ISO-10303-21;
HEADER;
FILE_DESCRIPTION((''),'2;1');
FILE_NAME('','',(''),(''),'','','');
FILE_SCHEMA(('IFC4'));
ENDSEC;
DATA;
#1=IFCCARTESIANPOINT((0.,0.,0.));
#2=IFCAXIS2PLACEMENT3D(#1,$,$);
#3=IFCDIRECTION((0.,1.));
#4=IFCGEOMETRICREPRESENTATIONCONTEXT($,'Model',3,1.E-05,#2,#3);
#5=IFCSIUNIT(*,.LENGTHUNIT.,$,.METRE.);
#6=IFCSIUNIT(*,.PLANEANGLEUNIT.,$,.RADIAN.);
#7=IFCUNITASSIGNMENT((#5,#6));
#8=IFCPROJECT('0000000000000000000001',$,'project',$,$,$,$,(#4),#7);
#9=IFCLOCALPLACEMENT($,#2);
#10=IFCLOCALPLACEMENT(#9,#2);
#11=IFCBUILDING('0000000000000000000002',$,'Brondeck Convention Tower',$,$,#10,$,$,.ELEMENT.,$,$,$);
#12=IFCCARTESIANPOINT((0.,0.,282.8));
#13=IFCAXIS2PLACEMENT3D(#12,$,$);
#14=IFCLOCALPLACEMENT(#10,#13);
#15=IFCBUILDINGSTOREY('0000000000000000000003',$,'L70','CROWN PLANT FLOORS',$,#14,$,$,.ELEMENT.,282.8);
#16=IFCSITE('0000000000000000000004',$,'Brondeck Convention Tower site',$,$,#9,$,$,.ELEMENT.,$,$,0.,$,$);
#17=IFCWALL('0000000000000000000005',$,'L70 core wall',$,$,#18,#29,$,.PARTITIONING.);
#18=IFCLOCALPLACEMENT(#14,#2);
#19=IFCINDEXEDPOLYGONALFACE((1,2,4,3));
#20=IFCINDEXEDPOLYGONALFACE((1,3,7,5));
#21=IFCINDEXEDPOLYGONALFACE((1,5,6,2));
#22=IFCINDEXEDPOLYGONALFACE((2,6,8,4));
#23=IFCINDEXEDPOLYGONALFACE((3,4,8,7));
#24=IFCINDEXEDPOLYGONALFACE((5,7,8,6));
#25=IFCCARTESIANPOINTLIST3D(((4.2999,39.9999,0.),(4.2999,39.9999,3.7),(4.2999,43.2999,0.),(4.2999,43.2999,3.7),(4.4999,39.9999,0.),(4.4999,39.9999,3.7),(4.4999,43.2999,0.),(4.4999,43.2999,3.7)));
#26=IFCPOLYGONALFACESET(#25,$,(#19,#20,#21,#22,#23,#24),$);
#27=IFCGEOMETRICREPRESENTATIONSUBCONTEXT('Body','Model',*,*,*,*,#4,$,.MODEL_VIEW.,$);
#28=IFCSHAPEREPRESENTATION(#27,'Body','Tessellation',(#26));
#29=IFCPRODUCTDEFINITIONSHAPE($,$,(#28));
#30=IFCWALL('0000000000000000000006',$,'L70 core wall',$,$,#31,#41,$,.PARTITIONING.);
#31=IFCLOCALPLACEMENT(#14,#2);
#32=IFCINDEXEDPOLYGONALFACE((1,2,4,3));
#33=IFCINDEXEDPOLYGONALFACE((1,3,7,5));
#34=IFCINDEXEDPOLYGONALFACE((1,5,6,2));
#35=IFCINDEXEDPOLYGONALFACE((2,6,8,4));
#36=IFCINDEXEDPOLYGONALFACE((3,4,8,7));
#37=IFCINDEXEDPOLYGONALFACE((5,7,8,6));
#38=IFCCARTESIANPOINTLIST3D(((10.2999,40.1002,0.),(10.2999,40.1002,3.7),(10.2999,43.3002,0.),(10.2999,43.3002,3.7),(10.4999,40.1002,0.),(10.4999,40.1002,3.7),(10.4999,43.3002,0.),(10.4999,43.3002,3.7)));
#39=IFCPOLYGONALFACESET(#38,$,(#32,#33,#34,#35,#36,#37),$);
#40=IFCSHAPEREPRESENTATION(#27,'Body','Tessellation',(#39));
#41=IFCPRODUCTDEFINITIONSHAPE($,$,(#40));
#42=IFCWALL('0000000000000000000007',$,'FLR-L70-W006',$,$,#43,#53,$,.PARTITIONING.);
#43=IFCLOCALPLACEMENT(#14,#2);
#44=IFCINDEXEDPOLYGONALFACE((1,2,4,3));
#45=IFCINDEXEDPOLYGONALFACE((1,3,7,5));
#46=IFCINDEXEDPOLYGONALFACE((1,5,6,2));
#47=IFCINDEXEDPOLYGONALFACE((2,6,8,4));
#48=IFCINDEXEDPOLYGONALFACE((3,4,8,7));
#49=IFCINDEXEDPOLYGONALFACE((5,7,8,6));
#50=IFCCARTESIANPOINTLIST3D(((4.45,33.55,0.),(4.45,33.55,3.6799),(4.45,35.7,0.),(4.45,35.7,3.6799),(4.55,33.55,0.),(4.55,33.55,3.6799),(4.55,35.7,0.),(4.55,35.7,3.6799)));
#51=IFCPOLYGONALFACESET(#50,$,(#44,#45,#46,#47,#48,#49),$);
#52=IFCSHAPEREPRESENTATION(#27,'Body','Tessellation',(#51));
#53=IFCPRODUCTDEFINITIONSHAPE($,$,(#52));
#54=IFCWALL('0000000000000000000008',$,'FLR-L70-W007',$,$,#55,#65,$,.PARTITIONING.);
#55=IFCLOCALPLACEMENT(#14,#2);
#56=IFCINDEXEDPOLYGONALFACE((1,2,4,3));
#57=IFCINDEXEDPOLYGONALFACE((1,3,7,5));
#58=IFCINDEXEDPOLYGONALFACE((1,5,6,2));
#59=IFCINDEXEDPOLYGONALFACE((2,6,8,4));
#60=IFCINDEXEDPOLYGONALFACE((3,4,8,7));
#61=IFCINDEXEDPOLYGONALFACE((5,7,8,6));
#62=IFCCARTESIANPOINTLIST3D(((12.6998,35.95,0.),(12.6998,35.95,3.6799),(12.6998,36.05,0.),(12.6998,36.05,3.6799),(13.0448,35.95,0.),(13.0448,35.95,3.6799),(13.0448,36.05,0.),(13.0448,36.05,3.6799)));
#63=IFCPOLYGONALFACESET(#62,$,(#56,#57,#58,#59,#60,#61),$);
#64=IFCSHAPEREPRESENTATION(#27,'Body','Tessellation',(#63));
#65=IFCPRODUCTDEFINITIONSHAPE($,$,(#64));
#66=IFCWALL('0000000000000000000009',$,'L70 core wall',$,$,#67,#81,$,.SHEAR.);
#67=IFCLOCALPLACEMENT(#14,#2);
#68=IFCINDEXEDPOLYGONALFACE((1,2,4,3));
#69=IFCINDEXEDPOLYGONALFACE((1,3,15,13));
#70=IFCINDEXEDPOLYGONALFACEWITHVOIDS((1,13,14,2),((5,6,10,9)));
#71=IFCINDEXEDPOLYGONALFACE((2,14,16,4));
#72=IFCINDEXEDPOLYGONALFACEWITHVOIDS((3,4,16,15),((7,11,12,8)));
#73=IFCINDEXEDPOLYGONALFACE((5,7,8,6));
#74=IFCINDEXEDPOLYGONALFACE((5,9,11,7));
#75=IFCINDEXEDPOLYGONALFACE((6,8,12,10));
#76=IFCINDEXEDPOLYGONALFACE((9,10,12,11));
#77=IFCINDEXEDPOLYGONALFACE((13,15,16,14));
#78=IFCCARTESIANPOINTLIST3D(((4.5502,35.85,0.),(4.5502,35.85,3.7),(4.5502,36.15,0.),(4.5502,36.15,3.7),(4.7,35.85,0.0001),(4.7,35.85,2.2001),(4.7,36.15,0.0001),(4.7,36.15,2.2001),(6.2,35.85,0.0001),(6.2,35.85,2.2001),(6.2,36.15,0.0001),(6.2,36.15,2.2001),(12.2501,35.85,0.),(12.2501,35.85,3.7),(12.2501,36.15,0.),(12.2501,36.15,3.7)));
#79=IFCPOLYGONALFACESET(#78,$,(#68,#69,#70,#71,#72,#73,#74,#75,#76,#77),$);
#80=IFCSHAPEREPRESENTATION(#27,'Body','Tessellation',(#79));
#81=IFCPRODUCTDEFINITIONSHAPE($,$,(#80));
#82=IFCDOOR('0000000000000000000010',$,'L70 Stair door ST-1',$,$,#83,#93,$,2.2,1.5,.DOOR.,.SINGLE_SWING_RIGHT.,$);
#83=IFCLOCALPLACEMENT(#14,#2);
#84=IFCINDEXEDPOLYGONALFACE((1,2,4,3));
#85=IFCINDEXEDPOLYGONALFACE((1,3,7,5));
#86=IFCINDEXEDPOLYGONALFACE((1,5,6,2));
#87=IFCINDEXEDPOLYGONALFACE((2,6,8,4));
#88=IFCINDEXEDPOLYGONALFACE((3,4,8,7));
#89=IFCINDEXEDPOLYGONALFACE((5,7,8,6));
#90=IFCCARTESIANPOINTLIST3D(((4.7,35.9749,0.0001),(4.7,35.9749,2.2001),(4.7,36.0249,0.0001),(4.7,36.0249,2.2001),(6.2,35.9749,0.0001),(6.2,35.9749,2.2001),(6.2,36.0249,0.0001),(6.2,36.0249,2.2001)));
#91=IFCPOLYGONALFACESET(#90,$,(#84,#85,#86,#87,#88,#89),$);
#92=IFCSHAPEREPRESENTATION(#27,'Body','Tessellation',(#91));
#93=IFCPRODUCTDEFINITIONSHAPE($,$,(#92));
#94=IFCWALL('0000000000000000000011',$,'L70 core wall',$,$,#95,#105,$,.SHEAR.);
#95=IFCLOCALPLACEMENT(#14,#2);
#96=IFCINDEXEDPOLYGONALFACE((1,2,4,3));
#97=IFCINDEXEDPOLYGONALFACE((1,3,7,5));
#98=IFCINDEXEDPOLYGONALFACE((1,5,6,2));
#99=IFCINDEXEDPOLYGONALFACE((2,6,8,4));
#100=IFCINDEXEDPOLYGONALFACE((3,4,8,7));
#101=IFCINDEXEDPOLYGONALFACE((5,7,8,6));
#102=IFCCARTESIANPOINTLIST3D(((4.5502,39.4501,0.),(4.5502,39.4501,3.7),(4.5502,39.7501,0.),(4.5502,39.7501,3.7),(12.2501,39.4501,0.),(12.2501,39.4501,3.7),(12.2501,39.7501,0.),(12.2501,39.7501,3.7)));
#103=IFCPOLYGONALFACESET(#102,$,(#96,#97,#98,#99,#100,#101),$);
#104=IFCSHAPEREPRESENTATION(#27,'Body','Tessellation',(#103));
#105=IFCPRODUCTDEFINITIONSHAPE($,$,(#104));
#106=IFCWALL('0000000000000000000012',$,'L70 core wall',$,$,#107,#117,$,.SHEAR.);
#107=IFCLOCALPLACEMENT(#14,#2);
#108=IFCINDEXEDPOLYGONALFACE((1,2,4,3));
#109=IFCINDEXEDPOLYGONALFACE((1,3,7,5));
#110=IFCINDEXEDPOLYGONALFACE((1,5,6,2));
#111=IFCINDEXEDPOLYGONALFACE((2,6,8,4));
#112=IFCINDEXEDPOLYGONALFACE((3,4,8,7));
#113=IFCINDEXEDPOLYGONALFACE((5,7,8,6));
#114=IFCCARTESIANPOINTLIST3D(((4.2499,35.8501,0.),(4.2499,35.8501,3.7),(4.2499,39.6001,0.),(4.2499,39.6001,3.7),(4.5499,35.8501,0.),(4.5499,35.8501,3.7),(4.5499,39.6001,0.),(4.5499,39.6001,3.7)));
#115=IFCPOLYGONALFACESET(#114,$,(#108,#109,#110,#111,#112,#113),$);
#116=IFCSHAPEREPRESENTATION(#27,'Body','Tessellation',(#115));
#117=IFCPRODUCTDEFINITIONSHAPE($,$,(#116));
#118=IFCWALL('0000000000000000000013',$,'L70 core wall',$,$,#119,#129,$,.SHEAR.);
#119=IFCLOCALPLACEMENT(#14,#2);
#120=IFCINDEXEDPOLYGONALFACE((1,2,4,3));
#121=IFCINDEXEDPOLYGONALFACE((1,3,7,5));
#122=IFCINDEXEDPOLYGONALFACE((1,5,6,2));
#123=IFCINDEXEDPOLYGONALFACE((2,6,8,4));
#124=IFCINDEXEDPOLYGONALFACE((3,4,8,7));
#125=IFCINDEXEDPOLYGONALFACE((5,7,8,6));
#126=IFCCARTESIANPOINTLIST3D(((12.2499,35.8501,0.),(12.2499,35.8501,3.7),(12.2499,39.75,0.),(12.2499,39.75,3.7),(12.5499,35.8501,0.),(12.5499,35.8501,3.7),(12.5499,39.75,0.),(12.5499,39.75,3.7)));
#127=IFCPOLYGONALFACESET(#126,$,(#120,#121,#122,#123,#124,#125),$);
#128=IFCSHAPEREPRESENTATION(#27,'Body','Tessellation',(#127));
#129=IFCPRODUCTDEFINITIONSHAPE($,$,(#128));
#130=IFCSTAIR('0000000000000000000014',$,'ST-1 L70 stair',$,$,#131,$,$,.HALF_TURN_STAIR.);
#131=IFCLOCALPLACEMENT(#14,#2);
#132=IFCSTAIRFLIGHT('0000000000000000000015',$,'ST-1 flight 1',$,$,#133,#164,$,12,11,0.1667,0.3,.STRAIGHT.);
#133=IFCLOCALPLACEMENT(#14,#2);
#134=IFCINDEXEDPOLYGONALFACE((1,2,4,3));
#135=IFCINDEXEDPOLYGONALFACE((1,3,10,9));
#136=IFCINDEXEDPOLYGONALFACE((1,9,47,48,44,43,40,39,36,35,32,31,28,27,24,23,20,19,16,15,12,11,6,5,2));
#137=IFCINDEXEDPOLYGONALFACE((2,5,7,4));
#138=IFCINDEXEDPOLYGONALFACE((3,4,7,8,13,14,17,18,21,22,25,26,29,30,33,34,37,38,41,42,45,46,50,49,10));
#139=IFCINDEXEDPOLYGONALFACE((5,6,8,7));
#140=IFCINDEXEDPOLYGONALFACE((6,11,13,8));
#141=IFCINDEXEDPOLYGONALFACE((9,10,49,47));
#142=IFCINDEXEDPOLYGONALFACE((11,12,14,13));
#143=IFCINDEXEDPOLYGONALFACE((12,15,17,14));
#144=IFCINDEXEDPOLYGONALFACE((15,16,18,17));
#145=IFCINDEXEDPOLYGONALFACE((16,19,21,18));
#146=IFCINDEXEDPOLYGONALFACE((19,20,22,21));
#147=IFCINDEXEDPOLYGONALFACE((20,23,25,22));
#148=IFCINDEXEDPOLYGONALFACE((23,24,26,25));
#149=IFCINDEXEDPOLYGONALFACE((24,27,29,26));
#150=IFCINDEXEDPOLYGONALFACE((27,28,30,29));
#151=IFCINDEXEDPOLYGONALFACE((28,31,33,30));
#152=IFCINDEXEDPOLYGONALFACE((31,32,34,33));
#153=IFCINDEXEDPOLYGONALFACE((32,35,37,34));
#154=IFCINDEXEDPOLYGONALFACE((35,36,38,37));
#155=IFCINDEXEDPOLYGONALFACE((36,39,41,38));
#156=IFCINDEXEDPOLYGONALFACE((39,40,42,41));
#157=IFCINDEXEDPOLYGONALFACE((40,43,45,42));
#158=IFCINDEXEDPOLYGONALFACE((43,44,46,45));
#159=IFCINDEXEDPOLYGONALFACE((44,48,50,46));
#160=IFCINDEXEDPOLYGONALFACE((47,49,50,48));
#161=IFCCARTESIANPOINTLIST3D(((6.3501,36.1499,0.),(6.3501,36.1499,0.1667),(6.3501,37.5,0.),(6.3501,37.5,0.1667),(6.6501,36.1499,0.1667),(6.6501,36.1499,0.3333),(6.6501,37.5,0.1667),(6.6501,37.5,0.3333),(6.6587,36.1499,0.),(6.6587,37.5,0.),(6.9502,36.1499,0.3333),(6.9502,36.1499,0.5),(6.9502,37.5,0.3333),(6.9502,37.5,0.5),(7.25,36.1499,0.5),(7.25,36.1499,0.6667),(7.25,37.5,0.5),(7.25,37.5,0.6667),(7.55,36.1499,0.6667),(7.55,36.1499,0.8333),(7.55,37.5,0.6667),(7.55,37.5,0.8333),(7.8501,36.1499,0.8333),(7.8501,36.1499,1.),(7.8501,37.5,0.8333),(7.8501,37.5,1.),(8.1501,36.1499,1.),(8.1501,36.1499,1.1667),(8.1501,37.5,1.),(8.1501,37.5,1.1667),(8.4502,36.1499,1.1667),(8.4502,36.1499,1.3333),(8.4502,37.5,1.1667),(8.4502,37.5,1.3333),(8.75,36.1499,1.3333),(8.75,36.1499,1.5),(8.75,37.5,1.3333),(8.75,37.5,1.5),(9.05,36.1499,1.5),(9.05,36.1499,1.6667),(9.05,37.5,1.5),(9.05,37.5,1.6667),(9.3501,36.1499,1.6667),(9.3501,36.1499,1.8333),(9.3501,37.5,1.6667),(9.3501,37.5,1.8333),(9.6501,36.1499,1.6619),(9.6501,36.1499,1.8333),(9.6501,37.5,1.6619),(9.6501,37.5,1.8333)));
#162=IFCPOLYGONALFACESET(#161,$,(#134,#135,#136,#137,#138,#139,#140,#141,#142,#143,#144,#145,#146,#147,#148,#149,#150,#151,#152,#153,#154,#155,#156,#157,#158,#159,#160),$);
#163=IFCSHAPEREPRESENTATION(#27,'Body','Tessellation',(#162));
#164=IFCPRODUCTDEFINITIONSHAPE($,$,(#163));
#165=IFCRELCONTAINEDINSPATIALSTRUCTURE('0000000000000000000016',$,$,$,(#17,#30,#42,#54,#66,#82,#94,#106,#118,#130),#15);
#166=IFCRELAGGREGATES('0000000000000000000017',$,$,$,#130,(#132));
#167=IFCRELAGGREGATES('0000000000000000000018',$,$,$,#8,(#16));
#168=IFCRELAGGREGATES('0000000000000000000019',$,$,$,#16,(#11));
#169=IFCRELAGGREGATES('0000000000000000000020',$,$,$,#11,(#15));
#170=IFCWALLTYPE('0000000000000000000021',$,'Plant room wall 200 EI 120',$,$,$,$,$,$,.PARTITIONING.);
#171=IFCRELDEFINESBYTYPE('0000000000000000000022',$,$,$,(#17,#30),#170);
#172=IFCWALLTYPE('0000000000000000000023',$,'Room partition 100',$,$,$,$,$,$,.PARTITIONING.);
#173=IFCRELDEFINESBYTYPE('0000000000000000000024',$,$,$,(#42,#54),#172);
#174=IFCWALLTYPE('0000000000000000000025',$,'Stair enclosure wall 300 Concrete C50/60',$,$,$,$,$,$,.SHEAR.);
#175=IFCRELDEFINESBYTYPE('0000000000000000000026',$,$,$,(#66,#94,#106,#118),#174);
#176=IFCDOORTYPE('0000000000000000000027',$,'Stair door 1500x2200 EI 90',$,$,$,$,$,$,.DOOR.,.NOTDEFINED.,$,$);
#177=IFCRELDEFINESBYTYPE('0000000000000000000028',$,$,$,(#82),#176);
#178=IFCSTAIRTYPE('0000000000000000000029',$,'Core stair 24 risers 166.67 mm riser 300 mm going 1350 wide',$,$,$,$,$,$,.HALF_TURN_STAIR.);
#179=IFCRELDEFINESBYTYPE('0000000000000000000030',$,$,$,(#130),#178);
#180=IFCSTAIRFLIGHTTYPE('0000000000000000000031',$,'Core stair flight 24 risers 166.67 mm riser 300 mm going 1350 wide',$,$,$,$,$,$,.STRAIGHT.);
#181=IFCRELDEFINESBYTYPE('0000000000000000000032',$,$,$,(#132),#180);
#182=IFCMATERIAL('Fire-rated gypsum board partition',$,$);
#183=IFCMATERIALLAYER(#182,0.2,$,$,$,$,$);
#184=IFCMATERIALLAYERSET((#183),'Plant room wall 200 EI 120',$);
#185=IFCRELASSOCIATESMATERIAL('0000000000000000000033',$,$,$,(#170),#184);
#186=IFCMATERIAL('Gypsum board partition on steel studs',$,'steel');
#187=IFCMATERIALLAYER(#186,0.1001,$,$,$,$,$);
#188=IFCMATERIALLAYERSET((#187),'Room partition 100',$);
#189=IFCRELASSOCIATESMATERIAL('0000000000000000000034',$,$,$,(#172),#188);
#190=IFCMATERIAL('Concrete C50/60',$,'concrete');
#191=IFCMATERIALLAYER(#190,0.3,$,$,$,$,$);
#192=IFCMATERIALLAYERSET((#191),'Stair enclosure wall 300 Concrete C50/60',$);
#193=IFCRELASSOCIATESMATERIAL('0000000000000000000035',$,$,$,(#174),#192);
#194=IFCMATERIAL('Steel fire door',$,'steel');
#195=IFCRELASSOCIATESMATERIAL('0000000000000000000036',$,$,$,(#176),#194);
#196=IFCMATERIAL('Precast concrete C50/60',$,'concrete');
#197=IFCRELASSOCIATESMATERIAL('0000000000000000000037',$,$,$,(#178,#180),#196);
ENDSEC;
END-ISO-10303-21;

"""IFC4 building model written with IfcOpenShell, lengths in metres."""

from ifc_helpers import new_model, si_unit, direction, frame, frame_2d, origin, place, context, subcontext, project, spatial, polyline, rectangle, outline, extrude, material, layer, layer_set, type_object, element, fill, aggregate, save


model = new_model("IFC4")

# Units and contexts
model_context = context("Model", 3, precision=1e-05, world=origin(), true_north=direction((0.0, 1.0)))
body_context = subcontext(model_context, "Body", "Model", "MODEL_VIEW")
ifc_project = project(units=[si_unit("LENGTHUNIT", "METRE"), si_unit("PLANEANGLEUNIT", "RADIAN")], contexts=[model_context])

# Site, building, storey
site_placement = place(None, origin())
site = spatial("IfcSite", under=ifc_project, at=site_placement, Name="Brondeck Convention Tower site", CompositionType="ELEMENT", RefElevation=0.0)
building_placement = place(site_placement, origin())
building = spatial("IfcBuilding", under=site, at=building_placement, Name="Brondeck Convention Tower", CompositionType="ELEMENT")
storey_placement = place(building_placement, frame((0.0, 0.0, 282.8)))
storey = spatial("IfcBuildingStorey", under=building, at=storey_placement, Name="L70", Description="CROWN PLANT FLOORS", CompositionType="ELEMENT", Elevation=282.8)

# Shared definitions
ifc_material_1 = material(Name="Concrete C50/60", Category="concrete")

# Walls
ifc_material_2 = material(Name="Fire-rated gypsum board partition")
ifc_layer_1 = layer(ifc_material_2, 0.2)
ifc_layer_set_1 = layer_set([ifc_layer_1], Name="Plant room wall 200 EI 120")
wall_type_1 = type_object("IfcWallType", Name="Plant room wall 200 EI 120", PredefinedType="PARTITIONING", material=ifc_layer_set_1)
wall_1_placement = place(storey_placement, frame((4.3999, 40.0, 0.0), z_axis=(0.0, 0.0, 1.0), x_axis=(0.0, 1.0, 0.0)))
element("IfcWall", 1, at=wall_1_placement, inside=storey, type_object=wall_type_1, Name="L70 core wall", PredefinedType="PARTITIONING", context=body_context, shape_type="SweptSolid", body=[
    extrude(rectangle(XDim=3.3, YDim=0.2, at=frame_2d((1.6499, 0.0))), origin(), (0.0, 0.0, 1.0), 3.7),
])
wall_2_placement = place(storey_placement, frame((10.3999, 40.1001, 0.0), z_axis=(0.0, 0.0, 1.0), x_axis=(0.0, 1.0, 0.0)))
element("IfcWall", 2, at=wall_2_placement, inside=storey, type_object=wall_type_1, Name="L70 core wall", PredefinedType="PARTITIONING", context=body_context, shape_type="SweptSolid", body=[
    extrude(rectangle(XDim=3.2, YDim=0.2, at=frame_2d((1.6001, 0.0))), origin(), (0.0, 0.0, 1.0), 3.7),
])
ifc_material_3 = material(Name="Gypsum board partition on steel studs", Category="steel")
ifc_layer_2 = layer(ifc_material_3, 0.1001)
ifc_layer_set_2 = layer_set([ifc_layer_2], Name="Room partition 100")
wall_type_2 = type_object("IfcWallType", Name="Room partition 100", PredefinedType="PARTITIONING", material=ifc_layer_set_2)
wall_3_placement = place(storey_placement, frame((4.5, 33.55, 0.0), z_axis=(0.0, 0.0, 1.0), x_axis=(0.0, 1.0, 0.0)))
element("IfcWall", 3, at=wall_3_placement, inside=storey, type_object=wall_type_2, Name="FLR-L70-W006", PredefinedType="PARTITIONING", context=body_context, shape_type="SweptSolid", body=[
    extrude(rectangle(XDim=2.1499, YDim=0.1001, at=frame_2d((1.075, 0.0))), origin(), (0.0, 0.0, 1.0), 3.6799),
])
wall_4_placement = place(storey_placement, frame((12.7, 36.0, 0.0), z_axis=(0.0, 0.0, 1.0), x_axis=(1.0, 0.0, 0.0)))
element("IfcWall", 4, at=wall_4_placement, inside=storey, type_object=wall_type_2, Name="FLR-L70-W007", PredefinedType="PARTITIONING", context=body_context, shape_type="SweptSolid", body=[
    extrude(rectangle(XDim=0.345, YDim=0.1001, at=frame_2d((0.1724, 0.0))), origin(), (0.0, 0.0, 1.0), 3.6799),
])

# Wall, opening, door
ifc_layer_3 = layer(ifc_material_1, 0.3)
ifc_layer_set_3 = layer_set([ifc_layer_3], Name="Stair enclosure wall 300 Concrete C50/60")
wall_type_3 = type_object("IfcWallType", Name="Stair enclosure wall 300 Concrete C50/60", PredefinedType="SHEAR", material=ifc_layer_set_3)
wall_5_placement = place(storey_placement, frame((4.55, 36.0, 0.0), z_axis=(0.0, 0.0, 1.0), x_axis=(1.0, 0.0, 0.0)))
wall_5 = element("IfcWall", 5, at=wall_5_placement, inside=storey, type_object=wall_type_3, Name="L70 core wall", PredefinedType="SHEAR", context=body_context, shape_type="SweptSolid", body=[
    extrude(rectangle(XDim=7.7, YDim=0.3, at=frame_2d((3.8501, 0.0))), origin(), (0.0, 0.0, 1.0), 3.7),
])
opening_placement = place(wall_5_placement, frame((0.1499, 0.0, 0.0)))
opening = element("IfcOpeningElement", 6, at=opening_placement, cuts=wall_5, PredefinedType="OPENING", context=body_context, shape_type="SweptSolid", body=[
    extrude(rectangle(XDim=1.5, YDim=2.2, at=frame_2d((0.75, 1.1001))), frame((0.0, 0.1599, 0.0), z_axis=(0.0, -1.0, 0.0), x_axis=(1.0, 0.0, 0.0)), (0.0, 0.0, 1.0), 0.3201),
])
ifc_material_4 = material(Name="Steel fire door", Category="steel")
door_type = type_object("IfcDoorType", Name="Stair door 1500x2200 EI 90", OperationType="NOTDEFINED", PredefinedType="DOOR", material=ifc_material_4)
door_placement = place(opening_placement, origin())
door = element("IfcDoor", 7, at=door_placement, inside=storey, type_object=door_type, Name="L70 Stair door ST-1", OperationType="SINGLE_SWING_RIGHT", OverallHeight=2.2, OverallWidth=1.5, PredefinedType="DOOR", context=body_context, shape_type="SweptSolid", body=[
    extrude(rectangle(XDim=1.5, YDim=2.2, at=frame_2d((0.75, 1.1001))), frame((0.0, 0.0249, 0.0), z_axis=(0.0, -1.0, 0.0), x_axis=(1.0, 0.0, 0.0)), (0.0, 0.0, 1.0), 0.05),
])
fill(opening, door)

# Walls
wall_6_placement = place(storey_placement, frame((4.55, 39.6001, 0.0), z_axis=(0.0, 0.0, 1.0), x_axis=(1.0, 0.0, 0.0)))
element("IfcWall", 8, at=wall_6_placement, inside=storey, type_object=wall_type_3, Name="L70 core wall", PredefinedType="SHEAR", context=body_context, shape_type="SweptSolid", body=[
    extrude(rectangle(XDim=7.7, YDim=0.3, at=frame_2d((3.8501, 0.0))), origin(), (0.0, 0.0, 1.0), 3.7),
])
wall_7_placement = place(storey_placement, frame((4.3999, 35.8501, 0.0), z_axis=(0.0, 0.0, 1.0), x_axis=(0.0, 1.0, 0.0)))
element("IfcWall", 9, at=wall_7_placement, inside=storey, type_object=wall_type_3, Name="L70 core wall", PredefinedType="SHEAR", context=body_context, shape_type="SweptSolid", body=[
    extrude(rectangle(XDim=3.75, YDim=0.3, at=frame_2d((1.875, 0.0))), origin(), (0.0, 0.0, 1.0), 3.7),
])
wall_8_placement = place(storey_placement, frame((12.3999, 35.8501, 0.0), z_axis=(0.0, 0.0, 1.0), x_axis=(0.0, 1.0, 0.0)))
element("IfcWall", 10, at=wall_8_placement, inside=storey, type_object=wall_type_3, Name="L70 core wall", PredefinedType="SHEAR", context=body_context, shape_type="SweptSolid", body=[
    extrude(rectangle(XDim=3.8999, YDim=0.3, at=frame_2d((1.95, 0.0))), origin(), (0.0, 0.0, 1.0), 3.7),
])

# Stair, stair flight
ifc_material_5 = material(Name="Precast concrete C50/60", Category="concrete")
stair_type = type_object("IfcStairType", Name="Core stair 24 risers 166.67 mm riser 300 mm going 1350 wide", PredefinedType="HALF_TURN_STAIR", material=ifc_material_5)
stair_placement = place(storey_placement, origin())
stair = element("IfcStair", 11, at=stair_placement, inside=storey, type_object=stair_type, Name="ST-1 L70 stair", PredefinedType="HALF_TURN_STAIR")
stair_flight_type = type_object("IfcStairFlightType", Name="Core stair flight 24 risers 166.67 mm riser 300 mm going 1350 wide", PredefinedType="STRAIGHT", material=ifc_material_5)
stair_flight_1_placement = place(storey_placement, frame((6.3501, 36.825, 0.0), z_axis=(0.0, 0.0, 1.0), x_axis=(1.0, 0.0, 0.0)))
stair_flight_1 = element("IfcStairFlight", 12, at=stair_flight_1_placement, type_object=stair_flight_type, Name="ST-1 flight 1", NumberOfRisers=12, NumberOfTreads=11, PredefinedType="STRAIGHT", RiserHeight=0.1667, TreadLength=0.3, context=body_context, shape_type="SweptSolid", body=[
    extrude(outline(polyline([(0.0, 0.0), (0.0, 0.1667), (0.3, 0.1667), (0.3, 0.3333), (0.6001, 0.3333), (0.6001, 0.5), (0.8999, 0.5), (0.8999, 0.6667), (1.2, 0.6667), (1.2, 0.8333), (1.5, 0.8333), (1.5, 1.0), (1.8, 1.0), (1.8, 1.1667), (2.1001, 1.1667), (2.1001, 1.3333), (2.3999, 1.3333), (2.3999, 1.5), (2.7, 1.5), (2.7, 1.6667), (3.0, 1.6667), (3.0, 1.8333), (3.3, 1.8333), (3.3, 2.0), (3.3, 1.6619), (0.3086, 0.0), (0.0, 0.0)])), frame((0.0, 0.675, 0.0), z_axis=(0.0, -1.0, 0.0), x_axis=(1.0, 0.0, 0.0)), (0.0, 0.0, 1.0), 1.3501),
])
aggregate(stair, [stair_flight_1])

save(model, "model.ifc")
